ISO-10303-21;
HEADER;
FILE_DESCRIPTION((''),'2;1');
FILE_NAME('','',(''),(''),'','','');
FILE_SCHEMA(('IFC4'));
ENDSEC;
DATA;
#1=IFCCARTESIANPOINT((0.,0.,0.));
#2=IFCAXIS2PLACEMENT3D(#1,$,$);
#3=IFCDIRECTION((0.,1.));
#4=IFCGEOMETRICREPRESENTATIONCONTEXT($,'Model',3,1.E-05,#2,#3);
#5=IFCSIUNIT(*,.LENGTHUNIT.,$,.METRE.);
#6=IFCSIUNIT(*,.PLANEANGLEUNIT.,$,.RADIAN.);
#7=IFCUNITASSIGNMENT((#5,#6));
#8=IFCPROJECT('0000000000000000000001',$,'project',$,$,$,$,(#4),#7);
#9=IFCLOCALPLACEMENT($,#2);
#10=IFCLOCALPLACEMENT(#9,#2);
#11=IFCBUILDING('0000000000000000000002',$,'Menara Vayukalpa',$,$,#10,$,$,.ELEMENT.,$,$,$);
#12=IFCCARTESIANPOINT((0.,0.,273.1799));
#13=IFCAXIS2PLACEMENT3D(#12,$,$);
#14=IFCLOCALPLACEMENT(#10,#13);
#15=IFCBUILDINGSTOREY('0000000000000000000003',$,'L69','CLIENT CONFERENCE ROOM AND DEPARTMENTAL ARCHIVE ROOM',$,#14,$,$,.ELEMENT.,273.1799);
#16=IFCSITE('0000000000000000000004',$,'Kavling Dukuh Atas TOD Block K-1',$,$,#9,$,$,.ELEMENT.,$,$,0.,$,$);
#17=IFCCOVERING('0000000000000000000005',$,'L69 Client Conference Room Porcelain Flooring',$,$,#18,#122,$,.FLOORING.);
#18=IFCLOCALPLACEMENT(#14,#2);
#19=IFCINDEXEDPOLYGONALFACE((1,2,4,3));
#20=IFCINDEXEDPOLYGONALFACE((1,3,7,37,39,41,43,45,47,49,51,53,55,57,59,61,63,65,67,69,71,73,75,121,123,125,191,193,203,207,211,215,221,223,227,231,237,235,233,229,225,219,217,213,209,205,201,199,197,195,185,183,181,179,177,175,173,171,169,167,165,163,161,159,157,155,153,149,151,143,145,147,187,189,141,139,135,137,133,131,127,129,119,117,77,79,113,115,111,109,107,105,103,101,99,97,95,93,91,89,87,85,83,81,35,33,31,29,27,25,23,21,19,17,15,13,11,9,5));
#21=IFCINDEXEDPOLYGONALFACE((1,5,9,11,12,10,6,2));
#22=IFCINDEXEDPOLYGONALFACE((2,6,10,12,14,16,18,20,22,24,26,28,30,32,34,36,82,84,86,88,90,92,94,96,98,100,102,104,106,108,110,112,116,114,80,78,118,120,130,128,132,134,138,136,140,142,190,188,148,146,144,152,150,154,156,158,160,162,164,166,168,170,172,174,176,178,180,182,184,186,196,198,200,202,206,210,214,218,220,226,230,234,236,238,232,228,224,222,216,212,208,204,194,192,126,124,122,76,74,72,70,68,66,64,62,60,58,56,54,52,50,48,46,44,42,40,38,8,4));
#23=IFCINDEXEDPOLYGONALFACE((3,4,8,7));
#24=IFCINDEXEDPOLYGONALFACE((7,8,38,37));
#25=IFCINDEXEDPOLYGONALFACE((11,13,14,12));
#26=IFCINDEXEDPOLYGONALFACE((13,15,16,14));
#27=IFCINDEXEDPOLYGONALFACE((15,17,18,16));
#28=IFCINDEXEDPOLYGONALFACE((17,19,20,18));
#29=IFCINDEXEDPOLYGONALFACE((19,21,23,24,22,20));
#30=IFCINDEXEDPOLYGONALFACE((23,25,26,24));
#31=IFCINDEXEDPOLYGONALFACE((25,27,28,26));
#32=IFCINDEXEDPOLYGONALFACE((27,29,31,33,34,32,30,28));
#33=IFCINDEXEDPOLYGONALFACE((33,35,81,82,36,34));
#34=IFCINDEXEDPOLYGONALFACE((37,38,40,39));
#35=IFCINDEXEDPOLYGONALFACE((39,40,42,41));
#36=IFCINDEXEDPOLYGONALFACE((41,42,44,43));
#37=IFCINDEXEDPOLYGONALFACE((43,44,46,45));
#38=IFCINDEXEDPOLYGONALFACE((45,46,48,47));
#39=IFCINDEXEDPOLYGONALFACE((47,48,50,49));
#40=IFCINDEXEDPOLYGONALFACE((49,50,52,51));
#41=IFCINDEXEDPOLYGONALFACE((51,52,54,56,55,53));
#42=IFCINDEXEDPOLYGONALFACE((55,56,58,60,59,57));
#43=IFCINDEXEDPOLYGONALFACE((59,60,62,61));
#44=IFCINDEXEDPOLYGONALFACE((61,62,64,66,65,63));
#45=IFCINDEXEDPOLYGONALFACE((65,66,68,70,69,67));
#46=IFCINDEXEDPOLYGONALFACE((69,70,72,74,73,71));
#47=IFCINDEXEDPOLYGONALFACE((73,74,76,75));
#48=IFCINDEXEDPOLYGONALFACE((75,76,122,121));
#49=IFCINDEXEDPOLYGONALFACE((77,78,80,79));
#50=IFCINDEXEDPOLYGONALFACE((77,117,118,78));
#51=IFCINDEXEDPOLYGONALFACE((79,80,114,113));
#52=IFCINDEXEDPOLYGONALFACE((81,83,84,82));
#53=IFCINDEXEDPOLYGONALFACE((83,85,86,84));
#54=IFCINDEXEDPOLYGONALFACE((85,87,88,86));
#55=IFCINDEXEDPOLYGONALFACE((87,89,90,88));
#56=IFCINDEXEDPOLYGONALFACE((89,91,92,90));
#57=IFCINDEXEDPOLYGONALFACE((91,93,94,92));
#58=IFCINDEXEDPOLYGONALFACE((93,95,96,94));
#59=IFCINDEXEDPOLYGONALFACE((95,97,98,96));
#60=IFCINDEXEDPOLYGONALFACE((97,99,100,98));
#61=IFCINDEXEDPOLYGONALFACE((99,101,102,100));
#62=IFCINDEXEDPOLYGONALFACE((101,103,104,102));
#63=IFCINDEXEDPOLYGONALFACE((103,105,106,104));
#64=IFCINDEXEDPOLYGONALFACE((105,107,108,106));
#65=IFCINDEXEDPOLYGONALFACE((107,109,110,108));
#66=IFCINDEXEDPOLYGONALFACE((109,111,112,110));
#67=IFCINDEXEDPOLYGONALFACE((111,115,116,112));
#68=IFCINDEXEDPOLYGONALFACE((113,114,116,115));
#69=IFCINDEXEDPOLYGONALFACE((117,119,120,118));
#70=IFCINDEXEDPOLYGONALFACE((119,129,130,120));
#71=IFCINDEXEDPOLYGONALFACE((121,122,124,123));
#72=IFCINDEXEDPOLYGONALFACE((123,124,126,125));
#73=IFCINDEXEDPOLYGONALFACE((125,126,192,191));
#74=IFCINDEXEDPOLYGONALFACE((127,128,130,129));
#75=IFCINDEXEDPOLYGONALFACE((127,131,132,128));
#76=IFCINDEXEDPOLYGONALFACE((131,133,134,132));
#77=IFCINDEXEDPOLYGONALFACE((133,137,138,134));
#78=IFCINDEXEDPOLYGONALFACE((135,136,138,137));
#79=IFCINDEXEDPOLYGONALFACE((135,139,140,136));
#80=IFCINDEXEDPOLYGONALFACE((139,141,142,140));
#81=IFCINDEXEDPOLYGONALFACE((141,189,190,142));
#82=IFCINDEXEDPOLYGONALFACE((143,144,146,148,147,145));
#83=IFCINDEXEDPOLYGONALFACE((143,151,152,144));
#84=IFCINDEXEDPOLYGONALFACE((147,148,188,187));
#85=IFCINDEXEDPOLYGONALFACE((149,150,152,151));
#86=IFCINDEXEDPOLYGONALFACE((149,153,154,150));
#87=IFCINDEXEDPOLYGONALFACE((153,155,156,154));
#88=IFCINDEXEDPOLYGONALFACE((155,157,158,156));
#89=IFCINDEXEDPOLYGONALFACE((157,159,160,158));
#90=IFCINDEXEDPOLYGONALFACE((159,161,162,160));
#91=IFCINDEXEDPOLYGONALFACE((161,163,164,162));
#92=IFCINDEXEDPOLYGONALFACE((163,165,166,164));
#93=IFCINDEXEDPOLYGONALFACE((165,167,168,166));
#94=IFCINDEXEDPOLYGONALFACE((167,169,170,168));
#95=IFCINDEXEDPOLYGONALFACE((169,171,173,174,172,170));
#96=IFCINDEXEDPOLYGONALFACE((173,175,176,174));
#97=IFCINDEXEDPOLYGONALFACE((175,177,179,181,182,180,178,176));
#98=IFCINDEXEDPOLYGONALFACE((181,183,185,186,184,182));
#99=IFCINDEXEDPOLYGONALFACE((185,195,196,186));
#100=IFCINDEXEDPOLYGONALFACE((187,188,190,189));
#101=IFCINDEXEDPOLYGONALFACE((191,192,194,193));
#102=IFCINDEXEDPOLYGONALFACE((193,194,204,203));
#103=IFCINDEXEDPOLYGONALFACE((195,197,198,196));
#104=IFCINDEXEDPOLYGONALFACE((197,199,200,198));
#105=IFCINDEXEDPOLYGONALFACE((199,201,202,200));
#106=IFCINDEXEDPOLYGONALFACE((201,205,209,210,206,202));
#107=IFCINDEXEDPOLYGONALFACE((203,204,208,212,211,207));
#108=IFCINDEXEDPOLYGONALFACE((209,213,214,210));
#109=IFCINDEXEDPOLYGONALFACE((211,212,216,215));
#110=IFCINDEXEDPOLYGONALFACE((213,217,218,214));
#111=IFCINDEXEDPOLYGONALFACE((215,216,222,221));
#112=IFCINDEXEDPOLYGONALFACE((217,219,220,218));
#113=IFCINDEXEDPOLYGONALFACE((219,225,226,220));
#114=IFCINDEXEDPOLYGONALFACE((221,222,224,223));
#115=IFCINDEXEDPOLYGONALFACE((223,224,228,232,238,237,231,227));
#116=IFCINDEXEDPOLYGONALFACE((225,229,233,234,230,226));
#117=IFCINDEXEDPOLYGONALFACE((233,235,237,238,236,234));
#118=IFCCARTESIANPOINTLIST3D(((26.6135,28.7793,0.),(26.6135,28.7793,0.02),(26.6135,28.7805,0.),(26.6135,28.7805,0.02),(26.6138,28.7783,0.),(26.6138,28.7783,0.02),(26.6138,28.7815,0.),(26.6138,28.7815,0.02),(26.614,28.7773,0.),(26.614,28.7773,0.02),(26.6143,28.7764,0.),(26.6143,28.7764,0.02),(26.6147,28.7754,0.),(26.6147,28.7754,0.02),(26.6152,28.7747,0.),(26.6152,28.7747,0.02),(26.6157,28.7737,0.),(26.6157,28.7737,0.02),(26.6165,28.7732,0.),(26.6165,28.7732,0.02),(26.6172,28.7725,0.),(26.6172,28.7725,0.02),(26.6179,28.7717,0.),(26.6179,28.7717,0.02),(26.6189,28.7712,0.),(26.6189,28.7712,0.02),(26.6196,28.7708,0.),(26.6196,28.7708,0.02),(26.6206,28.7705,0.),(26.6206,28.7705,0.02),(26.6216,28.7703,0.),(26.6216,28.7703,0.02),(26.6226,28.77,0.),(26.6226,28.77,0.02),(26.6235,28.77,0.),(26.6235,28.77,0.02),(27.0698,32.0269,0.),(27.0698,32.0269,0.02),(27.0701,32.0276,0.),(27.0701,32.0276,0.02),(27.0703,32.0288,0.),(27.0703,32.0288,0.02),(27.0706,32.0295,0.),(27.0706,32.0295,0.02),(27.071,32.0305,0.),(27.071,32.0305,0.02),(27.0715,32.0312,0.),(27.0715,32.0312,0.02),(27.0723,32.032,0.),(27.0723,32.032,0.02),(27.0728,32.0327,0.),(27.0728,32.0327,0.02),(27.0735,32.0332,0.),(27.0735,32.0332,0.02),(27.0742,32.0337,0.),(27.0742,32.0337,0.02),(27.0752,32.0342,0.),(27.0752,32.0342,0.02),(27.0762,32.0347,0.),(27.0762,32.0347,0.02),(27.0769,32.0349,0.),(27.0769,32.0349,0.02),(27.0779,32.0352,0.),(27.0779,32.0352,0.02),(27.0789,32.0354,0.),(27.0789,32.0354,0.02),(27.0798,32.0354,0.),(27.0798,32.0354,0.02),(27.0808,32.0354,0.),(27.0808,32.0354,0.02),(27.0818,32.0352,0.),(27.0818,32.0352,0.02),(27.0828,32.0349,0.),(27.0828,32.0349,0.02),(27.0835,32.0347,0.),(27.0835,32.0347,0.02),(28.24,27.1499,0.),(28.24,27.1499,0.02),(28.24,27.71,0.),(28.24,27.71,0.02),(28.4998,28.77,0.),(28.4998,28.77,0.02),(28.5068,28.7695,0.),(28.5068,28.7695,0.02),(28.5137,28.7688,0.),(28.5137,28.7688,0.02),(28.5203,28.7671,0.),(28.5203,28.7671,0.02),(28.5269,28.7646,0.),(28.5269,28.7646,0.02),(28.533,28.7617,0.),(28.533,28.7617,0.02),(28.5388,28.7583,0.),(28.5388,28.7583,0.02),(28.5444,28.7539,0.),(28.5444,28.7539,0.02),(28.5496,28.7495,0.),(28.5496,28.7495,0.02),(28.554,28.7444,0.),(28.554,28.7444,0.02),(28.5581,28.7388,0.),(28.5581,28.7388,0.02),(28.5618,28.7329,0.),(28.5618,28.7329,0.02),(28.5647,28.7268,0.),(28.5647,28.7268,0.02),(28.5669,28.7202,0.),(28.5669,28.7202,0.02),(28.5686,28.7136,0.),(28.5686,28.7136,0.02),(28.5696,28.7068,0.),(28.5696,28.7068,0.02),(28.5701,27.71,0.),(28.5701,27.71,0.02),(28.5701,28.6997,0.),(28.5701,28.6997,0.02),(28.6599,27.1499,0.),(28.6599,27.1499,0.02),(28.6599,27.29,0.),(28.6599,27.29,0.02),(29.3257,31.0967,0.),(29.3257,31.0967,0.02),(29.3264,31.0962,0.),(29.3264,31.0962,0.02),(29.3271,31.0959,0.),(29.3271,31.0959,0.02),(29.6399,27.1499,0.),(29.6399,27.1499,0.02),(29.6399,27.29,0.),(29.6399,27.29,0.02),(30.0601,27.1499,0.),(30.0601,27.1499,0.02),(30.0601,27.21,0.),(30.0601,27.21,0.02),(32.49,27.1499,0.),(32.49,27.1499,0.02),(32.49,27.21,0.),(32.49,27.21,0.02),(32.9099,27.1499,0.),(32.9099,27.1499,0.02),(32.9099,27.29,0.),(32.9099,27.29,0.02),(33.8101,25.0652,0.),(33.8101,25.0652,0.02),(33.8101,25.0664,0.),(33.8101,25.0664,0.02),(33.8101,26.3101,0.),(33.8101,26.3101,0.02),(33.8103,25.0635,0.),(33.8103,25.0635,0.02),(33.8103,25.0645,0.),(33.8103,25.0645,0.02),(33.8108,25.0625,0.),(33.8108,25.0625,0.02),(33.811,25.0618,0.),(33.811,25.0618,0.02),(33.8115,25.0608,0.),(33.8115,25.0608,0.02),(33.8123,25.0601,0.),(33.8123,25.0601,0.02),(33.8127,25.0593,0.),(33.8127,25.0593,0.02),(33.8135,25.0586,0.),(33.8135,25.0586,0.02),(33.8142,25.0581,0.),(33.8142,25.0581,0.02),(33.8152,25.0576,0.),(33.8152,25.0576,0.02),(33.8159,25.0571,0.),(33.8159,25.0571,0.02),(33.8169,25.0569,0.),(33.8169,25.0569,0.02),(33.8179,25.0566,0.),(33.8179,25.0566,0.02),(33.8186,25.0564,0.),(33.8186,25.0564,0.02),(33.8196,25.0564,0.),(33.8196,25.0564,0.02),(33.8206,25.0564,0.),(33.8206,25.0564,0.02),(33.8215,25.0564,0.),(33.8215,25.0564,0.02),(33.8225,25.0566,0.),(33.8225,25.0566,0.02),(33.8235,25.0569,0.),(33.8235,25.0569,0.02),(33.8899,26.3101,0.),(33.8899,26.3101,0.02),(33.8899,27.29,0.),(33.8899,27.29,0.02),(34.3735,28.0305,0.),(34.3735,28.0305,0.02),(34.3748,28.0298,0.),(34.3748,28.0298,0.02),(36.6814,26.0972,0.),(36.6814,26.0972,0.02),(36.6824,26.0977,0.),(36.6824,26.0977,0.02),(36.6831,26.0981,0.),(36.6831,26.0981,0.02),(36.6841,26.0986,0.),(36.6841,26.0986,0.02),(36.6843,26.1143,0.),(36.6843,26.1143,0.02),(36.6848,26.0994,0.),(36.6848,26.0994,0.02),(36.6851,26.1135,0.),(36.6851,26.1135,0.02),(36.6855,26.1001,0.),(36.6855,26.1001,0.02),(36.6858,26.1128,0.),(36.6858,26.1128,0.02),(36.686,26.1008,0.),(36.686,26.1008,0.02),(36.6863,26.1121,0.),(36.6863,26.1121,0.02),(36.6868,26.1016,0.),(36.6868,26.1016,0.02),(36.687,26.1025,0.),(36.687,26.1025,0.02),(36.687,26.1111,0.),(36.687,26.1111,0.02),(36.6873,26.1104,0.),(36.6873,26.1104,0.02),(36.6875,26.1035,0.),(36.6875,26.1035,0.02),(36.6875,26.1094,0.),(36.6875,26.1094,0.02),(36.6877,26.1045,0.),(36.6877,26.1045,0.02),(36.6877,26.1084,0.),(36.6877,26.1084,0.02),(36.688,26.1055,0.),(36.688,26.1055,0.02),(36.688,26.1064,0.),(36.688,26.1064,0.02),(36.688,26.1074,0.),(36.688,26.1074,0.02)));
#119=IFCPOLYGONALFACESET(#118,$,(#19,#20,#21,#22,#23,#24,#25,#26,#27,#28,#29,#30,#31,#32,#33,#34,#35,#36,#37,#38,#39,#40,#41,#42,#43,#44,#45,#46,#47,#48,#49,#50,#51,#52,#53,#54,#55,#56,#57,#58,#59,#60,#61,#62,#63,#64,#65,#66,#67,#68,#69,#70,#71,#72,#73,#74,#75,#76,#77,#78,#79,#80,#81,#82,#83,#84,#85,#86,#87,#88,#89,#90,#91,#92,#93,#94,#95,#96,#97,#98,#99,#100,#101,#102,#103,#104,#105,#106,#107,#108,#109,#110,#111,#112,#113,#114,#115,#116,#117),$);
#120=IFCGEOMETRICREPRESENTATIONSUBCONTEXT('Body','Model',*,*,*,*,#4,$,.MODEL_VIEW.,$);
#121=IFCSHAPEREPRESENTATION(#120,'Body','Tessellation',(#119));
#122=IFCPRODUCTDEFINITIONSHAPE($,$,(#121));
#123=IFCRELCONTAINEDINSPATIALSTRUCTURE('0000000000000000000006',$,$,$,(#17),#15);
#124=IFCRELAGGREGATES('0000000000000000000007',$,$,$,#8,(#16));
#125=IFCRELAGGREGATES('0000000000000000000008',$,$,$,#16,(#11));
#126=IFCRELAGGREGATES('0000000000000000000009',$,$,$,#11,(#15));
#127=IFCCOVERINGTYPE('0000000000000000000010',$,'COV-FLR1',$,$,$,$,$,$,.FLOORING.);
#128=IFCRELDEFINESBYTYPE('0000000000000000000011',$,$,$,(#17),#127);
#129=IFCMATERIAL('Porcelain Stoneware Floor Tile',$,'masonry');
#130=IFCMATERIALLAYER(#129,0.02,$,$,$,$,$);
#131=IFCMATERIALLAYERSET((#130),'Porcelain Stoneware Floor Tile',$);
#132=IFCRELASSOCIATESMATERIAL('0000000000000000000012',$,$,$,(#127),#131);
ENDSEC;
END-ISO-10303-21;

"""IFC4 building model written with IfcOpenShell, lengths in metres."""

from ifc_helpers import new_model, si_unit, direction, frame, origin, place, context, subcontext, project, spatial, polyline, outline, extrude, material, layer, layer_set, type_object, element, save


model = new_model("IFC4")

# Units and contexts
model_context = context("Model", 3, precision=1e-05, world=origin(), true_north=direction((0.0, 1.0)))
body_context = subcontext(model_context, "Body", "Model", "MODEL_VIEW")
ifc_project = project(units=[si_unit("LENGTHUNIT", "METRE"), si_unit("PLANEANGLEUNIT", "RADIAN")], contexts=[model_context])

# Site, building, storey
site_placement = place(None, origin())
site = spatial("IfcSite", under=ifc_project, at=site_placement, Name="Kavling Dukuh Atas TOD Block K-1", CompositionType="ELEMENT", RefElevation=0.0)
building_placement = place(site_placement, origin())
building = spatial("IfcBuilding", under=site, at=building_placement, Name="Menara Vayukalpa", CompositionType="ELEMENT")
storey_placement = place(building_placement, frame((0.0, 0.0, 273.1799)))
storey = spatial("IfcBuildingStorey", under=building, at=storey_placement, Name="L69", Description="CLIENT CONFERENCE ROOM AND DEPARTMENTAL ARCHIVE ROOM", CompositionType="ELEMENT", Elevation=273.1799)

# Covering
ifc_material_1 = material(Name="Porcelain Stoneware Floor Tile", Category="masonry")
ifc_layer_1 = layer(ifc_material_1, 0.02)
ifc_layer_set_1 = layer_set([ifc_layer_1], Name="Porcelain Stoneware Floor Tile")
covering_type_1 = type_object("IfcCoveringType", Name="COV-FLR1", PredefinedType="FLOORING", material=ifc_layer_set_1)
covering_1_placement = place(storey_placement, origin())
element("IfcCovering", 1, at=covering_1_placement, inside=storey, type_object=covering_type_1, Name="L69 Client Conference Room Porcelain Flooring", PredefinedType="FLOORING", context=body_context, shape_type="SweptSolid", body=[
    extrude(outline(polyline([(28.5701, 28.6997), (28.5696, 28.7068), (28.5686, 28.7136), (28.5669, 28.7202), (28.5647, 28.7268), (28.5618, 28.7329), (28.5581, 28.7388), (28.554, 28.7444), (28.5496, 28.7495), (28.5444, 28.7539), (28.5388, 28.7583), (28.533, 28.7617), (28.5269, 28.7646), (28.5203, 28.7671), (28.5137, 28.7688), (28.5068, 28.7695), (28.4998, 28.77), (26.6235, 28.77), (26.6226, 28.77), (26.6216, 28.7703), (26.6206, 28.7705), (26.6196, 28.7708), (26.6189, 28.7712), (26.6179, 28.7717), (26.6172, 28.7725), (26.6165, 28.7732), (26.6157, 28.7737), (26.6152, 28.7747), (26.6147, 28.7754), (26.6143, 28.7764), (26.614, 28.7773), (26.6138, 28.7783), (26.6135, 28.7793), (26.6135, 28.7805), (26.6138, 28.7815), (27.0698, 32.0269), (27.0701, 32.0276), (27.0703, 32.0288), (27.0706, 32.0295), (27.071, 32.0305), (27.0715, 32.0312), (27.0723, 32.032), (27.0728, 32.0327), (27.0735, 32.0332), (27.0742, 32.0337), (27.0752, 32.0342), (27.0762, 32.0347), (27.0769, 32.0349), (27.0779, 32.0352), (27.0789, 32.0354), (27.0798, 32.0354), (27.0808, 32.0354), (27.0818, 32.0352), (27.0828, 32.0349), (27.0835, 32.0347), (29.3257, 31.0967), (29.3264, 31.0962), (29.3271, 31.0959), (34.3735, 28.0305), (34.3748, 28.0298), (36.6843, 26.1143), (36.6851, 26.1135), (36.6858, 26.1128), (36.6863, 26.1121), (36.687, 26.1111), (36.6873, 26.1104), (36.6875, 26.1094), (36.6877, 26.1084), (36.688, 26.1074), (36.688, 26.1064), (36.688, 26.1055), (36.6877, 26.1045), (36.6875, 26.1035), (36.687, 26.1025), (36.6868, 26.1016), (36.686, 26.1008), (36.6855, 26.1001), (36.6848, 26.0994), (36.6841, 26.0986), (36.6831, 26.0981), (36.6824, 26.0977), (36.6814, 26.0972), (33.8235, 25.0569), (33.8225, 25.0566), (33.8215, 25.0564), (33.8206, 25.0564), (33.8196, 25.0564), (33.8186, 25.0564), (33.8179, 25.0566), (33.8169, 25.0569), (33.8159, 25.0571), (33.8152, 25.0576), (33.8142, 25.0581), (33.8135, 25.0586), (33.8127, 25.0593), (33.8123, 25.0601), (33.8115, 25.0608), (33.811, 25.0618), (33.8108, 25.0625), (33.8103, 25.0635), (33.8103, 25.0645), (33.8101, 25.0652), (33.8101, 25.0664), (33.8101, 26.3101), (33.8899, 26.3101), (33.8899, 27.29), (32.9099, 27.29), (32.9099, 27.1499), (32.49, 27.1499), (32.49, 27.21), (30.0601, 27.21), (30.0601, 27.1499), (29.6399, 27.1499), (29.6399, 27.29), (28.6599, 27.29), (28.6599, 27.1499), (28.24, 27.1499), (28.24, 27.71), (28.5701, 27.71), (28.5701, 28.6997)])), origin(), (0.0, 0.0, 1.0), 0.02),
])

save(model, "model.ifc")
